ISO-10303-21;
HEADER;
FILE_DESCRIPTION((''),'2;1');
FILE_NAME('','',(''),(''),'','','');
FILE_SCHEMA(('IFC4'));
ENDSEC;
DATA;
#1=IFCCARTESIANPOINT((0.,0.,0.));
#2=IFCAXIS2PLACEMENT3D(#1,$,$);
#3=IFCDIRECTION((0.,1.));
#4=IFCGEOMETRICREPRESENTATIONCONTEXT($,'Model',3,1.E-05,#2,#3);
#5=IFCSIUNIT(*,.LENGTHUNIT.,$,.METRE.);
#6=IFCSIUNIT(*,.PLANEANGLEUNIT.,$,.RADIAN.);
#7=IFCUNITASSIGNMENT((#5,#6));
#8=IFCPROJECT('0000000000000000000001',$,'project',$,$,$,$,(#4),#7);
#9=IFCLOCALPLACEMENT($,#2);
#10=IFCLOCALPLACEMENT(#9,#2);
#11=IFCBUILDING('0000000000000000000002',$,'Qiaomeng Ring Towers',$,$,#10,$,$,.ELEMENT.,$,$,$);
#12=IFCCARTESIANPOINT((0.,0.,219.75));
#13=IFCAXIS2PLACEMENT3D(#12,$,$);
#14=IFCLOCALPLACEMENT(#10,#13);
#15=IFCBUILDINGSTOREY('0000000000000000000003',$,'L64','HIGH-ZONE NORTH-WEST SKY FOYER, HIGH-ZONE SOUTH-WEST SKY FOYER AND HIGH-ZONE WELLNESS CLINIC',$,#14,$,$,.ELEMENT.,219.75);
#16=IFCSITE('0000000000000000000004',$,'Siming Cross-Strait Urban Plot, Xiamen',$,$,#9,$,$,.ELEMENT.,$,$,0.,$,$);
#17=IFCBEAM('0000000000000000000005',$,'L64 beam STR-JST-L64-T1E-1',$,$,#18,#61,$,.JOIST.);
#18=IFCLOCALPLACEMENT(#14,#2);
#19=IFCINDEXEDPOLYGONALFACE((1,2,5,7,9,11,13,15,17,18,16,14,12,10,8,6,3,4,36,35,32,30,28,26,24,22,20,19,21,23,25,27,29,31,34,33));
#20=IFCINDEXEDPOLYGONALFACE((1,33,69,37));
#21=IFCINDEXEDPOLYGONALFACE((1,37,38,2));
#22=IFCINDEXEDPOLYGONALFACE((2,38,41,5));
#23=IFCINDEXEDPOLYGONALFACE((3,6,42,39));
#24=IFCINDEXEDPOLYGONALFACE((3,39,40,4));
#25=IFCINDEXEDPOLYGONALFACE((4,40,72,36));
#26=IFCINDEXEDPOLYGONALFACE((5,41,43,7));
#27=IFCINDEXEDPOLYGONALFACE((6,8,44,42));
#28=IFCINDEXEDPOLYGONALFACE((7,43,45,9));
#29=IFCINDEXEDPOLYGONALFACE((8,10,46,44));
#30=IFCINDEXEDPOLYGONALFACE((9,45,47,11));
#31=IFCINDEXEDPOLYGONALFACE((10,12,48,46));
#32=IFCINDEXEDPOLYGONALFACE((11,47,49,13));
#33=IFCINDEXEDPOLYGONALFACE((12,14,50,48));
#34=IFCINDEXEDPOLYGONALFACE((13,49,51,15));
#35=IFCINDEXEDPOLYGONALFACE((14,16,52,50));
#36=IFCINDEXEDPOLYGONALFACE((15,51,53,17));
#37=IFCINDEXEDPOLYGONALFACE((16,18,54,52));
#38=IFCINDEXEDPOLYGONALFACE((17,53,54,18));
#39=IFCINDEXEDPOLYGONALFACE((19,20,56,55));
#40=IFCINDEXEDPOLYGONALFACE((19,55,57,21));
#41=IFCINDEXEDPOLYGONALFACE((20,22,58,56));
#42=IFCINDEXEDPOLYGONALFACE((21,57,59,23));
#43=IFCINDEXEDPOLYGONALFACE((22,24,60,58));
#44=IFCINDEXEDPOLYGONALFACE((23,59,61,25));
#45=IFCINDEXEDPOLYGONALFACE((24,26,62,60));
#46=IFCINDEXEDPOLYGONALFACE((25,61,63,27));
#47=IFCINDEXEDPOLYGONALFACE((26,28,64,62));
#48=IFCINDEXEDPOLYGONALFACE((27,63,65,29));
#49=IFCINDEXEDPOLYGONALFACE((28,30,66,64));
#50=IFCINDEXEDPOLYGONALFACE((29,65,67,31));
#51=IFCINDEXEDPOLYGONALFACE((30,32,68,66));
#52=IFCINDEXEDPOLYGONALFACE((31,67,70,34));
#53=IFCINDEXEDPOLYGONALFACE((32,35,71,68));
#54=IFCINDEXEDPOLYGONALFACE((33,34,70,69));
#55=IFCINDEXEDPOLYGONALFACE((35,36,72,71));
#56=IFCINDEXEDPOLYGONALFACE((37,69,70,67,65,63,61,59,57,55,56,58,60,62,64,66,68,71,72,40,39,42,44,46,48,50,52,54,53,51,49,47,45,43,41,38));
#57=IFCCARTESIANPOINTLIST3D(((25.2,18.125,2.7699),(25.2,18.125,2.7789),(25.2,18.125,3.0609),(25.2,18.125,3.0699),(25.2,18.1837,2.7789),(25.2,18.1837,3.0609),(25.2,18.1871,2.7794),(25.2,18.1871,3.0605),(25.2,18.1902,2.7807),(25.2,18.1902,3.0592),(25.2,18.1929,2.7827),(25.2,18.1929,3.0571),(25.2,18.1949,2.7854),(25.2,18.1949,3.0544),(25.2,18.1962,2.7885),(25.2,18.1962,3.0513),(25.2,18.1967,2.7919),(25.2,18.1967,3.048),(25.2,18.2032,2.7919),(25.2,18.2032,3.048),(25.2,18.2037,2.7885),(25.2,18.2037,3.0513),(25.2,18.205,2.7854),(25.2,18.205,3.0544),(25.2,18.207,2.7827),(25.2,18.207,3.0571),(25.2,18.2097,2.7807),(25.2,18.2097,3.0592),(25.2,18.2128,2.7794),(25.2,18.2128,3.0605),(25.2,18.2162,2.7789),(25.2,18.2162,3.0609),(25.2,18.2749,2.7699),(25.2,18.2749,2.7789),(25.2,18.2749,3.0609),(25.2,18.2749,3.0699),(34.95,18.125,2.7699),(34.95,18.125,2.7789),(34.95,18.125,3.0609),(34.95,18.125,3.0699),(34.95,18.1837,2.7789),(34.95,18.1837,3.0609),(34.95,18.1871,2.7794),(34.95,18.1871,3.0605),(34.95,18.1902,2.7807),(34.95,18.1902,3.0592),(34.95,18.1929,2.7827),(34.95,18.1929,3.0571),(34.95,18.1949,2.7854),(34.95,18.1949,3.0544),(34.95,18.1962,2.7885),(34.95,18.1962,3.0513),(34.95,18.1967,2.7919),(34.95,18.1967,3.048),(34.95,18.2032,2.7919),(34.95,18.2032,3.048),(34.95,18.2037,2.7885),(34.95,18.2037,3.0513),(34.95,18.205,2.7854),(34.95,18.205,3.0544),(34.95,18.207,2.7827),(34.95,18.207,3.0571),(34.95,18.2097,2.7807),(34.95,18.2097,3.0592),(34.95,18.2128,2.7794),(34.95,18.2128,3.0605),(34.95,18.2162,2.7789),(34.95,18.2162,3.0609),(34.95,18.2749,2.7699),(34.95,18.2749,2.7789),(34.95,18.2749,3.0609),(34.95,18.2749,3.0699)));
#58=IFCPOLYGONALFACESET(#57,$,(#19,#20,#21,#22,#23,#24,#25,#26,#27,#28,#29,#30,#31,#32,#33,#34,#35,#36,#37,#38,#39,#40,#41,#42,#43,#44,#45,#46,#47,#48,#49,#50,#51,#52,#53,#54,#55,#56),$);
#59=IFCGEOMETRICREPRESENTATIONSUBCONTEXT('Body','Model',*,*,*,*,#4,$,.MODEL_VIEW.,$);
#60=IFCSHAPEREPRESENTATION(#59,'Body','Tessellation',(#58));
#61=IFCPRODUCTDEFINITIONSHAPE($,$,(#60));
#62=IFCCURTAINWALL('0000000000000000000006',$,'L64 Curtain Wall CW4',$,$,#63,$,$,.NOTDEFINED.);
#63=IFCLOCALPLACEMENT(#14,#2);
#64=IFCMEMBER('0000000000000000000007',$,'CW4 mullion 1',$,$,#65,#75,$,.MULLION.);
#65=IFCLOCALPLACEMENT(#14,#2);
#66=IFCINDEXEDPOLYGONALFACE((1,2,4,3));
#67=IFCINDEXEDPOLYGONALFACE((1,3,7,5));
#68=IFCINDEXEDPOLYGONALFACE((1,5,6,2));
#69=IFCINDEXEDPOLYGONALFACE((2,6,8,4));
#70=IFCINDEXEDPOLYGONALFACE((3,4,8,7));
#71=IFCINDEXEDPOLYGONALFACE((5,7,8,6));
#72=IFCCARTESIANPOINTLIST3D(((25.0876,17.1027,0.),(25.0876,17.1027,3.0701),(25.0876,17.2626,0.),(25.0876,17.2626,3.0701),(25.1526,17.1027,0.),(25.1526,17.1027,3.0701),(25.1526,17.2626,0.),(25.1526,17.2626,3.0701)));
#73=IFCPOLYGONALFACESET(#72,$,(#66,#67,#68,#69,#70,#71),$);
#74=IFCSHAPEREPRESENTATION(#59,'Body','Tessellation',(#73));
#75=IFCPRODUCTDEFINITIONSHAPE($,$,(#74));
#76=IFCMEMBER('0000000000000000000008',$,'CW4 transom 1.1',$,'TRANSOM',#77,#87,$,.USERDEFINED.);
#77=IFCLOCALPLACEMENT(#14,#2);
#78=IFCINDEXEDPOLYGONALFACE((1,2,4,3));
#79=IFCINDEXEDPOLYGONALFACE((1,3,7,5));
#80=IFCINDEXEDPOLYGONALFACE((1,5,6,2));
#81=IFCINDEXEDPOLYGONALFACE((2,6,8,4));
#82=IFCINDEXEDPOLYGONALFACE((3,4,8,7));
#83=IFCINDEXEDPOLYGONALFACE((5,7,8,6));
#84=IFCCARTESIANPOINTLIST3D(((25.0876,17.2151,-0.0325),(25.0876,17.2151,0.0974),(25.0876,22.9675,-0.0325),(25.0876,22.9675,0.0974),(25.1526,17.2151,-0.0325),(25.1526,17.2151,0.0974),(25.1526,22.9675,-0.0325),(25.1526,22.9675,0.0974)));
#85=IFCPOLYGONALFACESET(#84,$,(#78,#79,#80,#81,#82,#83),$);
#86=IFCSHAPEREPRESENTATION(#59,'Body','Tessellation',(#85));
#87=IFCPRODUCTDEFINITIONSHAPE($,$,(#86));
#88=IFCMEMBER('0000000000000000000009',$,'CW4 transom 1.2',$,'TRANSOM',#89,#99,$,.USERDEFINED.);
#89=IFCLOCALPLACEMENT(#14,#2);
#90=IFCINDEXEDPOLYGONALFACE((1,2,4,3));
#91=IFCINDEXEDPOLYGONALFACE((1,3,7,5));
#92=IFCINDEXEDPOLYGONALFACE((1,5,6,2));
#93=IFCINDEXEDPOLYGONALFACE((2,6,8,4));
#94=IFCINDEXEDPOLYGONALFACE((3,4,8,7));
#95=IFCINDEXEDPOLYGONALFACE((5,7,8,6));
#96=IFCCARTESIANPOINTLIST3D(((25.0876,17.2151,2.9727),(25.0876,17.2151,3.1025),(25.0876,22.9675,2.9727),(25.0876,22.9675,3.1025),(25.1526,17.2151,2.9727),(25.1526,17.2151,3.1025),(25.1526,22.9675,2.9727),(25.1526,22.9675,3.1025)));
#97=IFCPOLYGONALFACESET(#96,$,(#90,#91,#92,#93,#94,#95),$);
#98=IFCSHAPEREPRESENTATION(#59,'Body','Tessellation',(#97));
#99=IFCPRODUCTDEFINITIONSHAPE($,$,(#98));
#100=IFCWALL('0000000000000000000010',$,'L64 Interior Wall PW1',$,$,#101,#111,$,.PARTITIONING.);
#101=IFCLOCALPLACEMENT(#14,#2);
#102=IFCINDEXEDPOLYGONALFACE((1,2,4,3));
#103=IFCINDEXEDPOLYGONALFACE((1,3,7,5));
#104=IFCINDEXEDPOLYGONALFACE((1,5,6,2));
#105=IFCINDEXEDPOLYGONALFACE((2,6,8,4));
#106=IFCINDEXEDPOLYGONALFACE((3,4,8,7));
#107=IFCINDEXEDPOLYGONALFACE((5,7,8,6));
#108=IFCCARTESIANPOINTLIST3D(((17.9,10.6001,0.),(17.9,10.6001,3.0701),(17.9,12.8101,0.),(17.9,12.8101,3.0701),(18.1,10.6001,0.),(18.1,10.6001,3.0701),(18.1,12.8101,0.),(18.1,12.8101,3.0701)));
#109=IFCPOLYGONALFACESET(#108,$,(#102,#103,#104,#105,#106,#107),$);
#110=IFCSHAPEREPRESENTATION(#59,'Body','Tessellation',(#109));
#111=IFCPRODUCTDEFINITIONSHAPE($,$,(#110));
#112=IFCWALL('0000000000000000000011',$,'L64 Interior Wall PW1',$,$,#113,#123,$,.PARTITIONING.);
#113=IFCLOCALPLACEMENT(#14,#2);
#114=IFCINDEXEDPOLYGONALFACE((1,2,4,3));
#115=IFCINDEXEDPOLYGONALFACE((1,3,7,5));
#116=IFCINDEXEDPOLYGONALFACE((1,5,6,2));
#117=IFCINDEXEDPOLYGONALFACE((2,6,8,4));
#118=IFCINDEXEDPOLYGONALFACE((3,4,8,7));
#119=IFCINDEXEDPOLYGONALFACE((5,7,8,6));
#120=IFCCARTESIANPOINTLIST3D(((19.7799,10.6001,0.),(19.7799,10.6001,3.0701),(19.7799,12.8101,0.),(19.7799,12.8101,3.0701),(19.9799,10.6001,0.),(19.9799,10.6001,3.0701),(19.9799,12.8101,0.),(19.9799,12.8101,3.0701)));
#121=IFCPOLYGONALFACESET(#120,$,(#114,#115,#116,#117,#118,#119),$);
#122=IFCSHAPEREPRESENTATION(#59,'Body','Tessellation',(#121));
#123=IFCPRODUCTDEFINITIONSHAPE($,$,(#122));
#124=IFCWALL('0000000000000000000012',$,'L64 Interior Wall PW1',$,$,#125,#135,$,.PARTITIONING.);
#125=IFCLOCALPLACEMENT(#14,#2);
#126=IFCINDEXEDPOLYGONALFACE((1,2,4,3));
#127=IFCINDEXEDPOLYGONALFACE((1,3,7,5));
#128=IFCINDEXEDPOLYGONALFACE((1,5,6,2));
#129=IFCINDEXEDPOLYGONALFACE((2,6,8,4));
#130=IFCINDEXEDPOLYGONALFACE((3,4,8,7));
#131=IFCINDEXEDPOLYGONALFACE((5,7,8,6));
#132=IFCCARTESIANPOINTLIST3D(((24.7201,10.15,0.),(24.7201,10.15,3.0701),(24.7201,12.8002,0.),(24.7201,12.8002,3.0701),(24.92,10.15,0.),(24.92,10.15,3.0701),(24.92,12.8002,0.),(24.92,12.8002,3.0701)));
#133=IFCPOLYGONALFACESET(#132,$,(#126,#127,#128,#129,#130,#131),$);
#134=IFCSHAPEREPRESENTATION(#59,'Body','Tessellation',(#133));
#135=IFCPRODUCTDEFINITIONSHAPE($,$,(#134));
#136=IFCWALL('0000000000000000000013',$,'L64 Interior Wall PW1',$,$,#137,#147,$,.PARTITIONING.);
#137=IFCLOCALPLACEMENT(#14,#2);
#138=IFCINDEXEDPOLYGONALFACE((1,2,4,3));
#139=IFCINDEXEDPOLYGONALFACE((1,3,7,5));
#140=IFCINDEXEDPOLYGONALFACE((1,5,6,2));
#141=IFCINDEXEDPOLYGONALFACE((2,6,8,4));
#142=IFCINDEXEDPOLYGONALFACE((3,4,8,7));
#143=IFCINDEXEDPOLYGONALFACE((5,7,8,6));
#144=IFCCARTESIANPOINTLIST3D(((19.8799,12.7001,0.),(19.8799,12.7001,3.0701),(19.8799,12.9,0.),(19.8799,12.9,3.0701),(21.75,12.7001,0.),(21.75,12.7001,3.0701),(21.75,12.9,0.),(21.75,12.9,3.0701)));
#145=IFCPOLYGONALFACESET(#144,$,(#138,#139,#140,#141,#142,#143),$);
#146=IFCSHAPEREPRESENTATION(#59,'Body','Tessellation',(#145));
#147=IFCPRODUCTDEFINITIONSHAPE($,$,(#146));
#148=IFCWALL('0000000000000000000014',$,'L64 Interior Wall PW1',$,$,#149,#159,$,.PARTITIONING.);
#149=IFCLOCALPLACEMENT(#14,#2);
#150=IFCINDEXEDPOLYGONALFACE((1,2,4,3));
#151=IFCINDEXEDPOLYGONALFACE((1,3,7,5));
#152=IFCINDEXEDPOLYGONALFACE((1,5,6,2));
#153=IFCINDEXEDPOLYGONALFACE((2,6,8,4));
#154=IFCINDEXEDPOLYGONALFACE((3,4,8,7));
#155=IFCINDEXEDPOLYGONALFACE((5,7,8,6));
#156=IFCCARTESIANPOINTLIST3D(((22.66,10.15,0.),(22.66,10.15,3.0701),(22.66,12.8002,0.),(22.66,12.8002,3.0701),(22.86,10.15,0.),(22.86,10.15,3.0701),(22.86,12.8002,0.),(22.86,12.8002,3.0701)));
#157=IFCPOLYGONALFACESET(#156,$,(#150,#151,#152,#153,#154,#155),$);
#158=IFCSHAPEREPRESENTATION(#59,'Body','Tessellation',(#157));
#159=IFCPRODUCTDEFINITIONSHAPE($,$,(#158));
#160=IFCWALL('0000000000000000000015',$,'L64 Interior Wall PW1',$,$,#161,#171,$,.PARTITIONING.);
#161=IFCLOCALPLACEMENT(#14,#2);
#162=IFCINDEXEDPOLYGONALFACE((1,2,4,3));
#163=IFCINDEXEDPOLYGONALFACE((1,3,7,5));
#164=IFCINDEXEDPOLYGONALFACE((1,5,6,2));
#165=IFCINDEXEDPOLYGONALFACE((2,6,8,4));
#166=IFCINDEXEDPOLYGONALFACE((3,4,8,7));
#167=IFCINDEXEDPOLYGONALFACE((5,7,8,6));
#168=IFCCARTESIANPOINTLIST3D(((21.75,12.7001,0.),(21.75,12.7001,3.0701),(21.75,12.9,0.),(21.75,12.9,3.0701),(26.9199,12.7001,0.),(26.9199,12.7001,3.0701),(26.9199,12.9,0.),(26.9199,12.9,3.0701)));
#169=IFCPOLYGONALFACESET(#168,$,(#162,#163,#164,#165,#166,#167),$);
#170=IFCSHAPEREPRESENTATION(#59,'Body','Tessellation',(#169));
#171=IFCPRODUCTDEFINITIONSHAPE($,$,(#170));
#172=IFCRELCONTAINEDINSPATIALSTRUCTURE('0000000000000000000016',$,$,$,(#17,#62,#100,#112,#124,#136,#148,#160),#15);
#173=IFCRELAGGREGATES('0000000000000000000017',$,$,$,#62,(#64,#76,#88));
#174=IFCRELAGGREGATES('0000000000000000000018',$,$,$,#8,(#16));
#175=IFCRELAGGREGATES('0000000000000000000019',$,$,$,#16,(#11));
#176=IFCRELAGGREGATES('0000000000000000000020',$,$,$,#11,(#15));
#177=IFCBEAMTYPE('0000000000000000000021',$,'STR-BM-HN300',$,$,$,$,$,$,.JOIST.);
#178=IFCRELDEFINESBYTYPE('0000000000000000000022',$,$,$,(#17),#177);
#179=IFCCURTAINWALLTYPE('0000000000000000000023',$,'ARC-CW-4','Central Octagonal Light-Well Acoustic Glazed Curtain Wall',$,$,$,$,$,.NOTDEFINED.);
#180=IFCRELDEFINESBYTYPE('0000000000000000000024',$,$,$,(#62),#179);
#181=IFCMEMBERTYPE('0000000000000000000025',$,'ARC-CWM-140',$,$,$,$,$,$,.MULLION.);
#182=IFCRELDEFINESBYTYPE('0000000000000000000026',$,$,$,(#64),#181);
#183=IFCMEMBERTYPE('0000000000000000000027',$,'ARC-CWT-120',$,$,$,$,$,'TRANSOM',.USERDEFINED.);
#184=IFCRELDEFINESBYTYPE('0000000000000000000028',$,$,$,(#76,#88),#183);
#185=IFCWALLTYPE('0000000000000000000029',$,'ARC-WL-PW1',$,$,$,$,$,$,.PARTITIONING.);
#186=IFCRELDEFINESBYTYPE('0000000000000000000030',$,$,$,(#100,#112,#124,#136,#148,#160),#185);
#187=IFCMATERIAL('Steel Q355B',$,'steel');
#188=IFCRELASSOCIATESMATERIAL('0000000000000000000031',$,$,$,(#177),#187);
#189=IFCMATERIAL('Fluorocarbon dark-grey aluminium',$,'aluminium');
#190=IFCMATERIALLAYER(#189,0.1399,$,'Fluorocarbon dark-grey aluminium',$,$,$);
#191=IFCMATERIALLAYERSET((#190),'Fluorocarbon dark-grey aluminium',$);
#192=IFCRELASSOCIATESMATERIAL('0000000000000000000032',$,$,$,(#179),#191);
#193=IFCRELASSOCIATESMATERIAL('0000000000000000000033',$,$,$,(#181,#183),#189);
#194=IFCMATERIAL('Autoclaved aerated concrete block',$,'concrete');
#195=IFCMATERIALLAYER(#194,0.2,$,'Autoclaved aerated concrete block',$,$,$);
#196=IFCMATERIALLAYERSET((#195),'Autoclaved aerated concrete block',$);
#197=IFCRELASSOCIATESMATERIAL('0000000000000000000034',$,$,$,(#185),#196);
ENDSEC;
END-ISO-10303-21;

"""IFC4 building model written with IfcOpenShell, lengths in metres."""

from ifc_helpers import new_model, si_unit, direction, frame, frame_2d, origin, origin_2d, place, context, subcontext, project, spatial, rectangle, i_section, extrude, source, transform, mapped, material, layer, layer_set, material_profile, profile_set, type_object, element, aggregate, save


model = new_model("IFC4")

# Units and contexts
model_context = context("Model", 3, precision=1e-05, world=origin(), true_north=direction((0.0, 1.0)))
body_context = subcontext(model_context, "Body", "Model", "MODEL_VIEW")
ifc_project = project(units=[si_unit("LENGTHUNIT", "METRE"), si_unit("PLANEANGLEUNIT", "RADIAN")], contexts=[model_context])

# Site, building, storey
site_placement = place(None, origin())
site = spatial("IfcSite", under=ifc_project, at=site_placement, Name="Siming Cross-Strait Urban Plot, Xiamen", CompositionType="ELEMENT", RefElevation=0.0)
building_placement = place(site_placement, origin())
building = spatial("IfcBuilding", under=site, at=building_placement, Name="Qiaomeng Ring Towers", CompositionType="ELEMENT")
storey_placement = place(building_placement, frame((0.0, 0.0, 219.75)))
storey = spatial("IfcBuildingStorey", under=building, at=storey_placement, Name="L64", Description="HIGH-ZONE NORTH-WEST SKY FOYER, HIGH-ZONE SOUTH-WEST SKY FOYER AND HIGH-ZONE WELLNESS CLINIC", CompositionType="ELEMENT", Elevation=219.75)

# Beam
ifc_material_1 = material(Name="Steel Q355B", Category="steel")
ifc_material_profile_1 = material_profile(ifc_material_1, i_section(OverallWidth=0.1499, OverallDepth=0.3, WebThickness=0.0066, FlangeThickness=0.009, FilletRadius=0.0129, at=origin_2d()), Name="HN 300x150x6.5x9")
ifc_profile_set_1 = profile_set([ifc_material_profile_1], Name="Steel Q355B")
beam_type_1 = type_object("IfcBeamType", Name="STR-BM-HN300", PredefinedType="JOIST", material=ifc_profile_set_1)
shared_shape_1 = source(origin(), body_context, "Body", "SweptSolid", [
    extrude(i_section(OverallWidth=0.1499, OverallDepth=0.3, WebThickness=0.0066, FlangeThickness=0.009, FilletRadius=0.0129, at=origin_2d()), origin(), (0.0, 0.0, 1.0), 9.75),
])
beam_1_placement = place(storey_placement, frame((25.2, 18.2, 2.9199), z_axis=(1.0, 0.0, 0.0), x_axis=(0.0, 1.0, 0.0)))
element("IfcBeam", 1, at=beam_1_placement, inside=storey, type_object=beam_type_1, Name="L64 beam STR-JST-L64-T1E-1", PredefinedType="JOIST", context=body_context, shape_type="MappedRepresentation", body=[
    mapped(shared_shape_1, transform((0.0, 0.0, 0.0), x_axis=(1.0, 0.0, 0.0), y_axis=(0.0, 1.0, 0.0), z_axis=(0.0, 0.0, 1.0), scale=1.0)),
])

# Curtain wall, members
ifc_material_2 = material(Name="Fluorocarbon dark-grey aluminium", Category="aluminium")
ifc_layer_1 = layer(ifc_material_2, 0.1399, Name="Fluorocarbon dark-grey aluminium")
ifc_layer_set_1 = layer_set([ifc_layer_1], Name="Fluorocarbon dark-grey aluminium")
curtain_wall_type = type_object("IfcCurtainWallType", Name="ARC-CW-4", Description="Central Octagonal Light-Well Acoustic Glazed Curtain Wall", PredefinedType="NOTDEFINED", material=ifc_layer_set_1)
curtain_wall_placement = place(storey_placement, origin())
curtain_wall = element("IfcCurtainWall", 2, at=curtain_wall_placement, inside=storey, type_object=curtain_wall_type, Name="L64 Curtain Wall CW4", PredefinedType="NOTDEFINED")
ifc_material_profile_2 = material_profile(ifc_material_2, rectangle(XDim=0.0649, YDim=0.1599, at=origin_2d()), Name="ALU MULL 65x160")
ifc_profile_set_2 = profile_set([ifc_material_profile_2], Name="Fluorocarbon dark-grey aluminium")
member_type_1 = type_object("IfcMemberType", Name="ARC-CWM-140", PredefinedType="MULLION", material=ifc_profile_set_2)
shared_shape_2 = source(origin(), body_context, "Body", "SweptSolid", [
    extrude(rectangle(XDim=0.0649, YDim=0.1599, at=origin_2d()), origin(), (0.0, 0.0, 1.0), 3.0701),
])
member_1_placement = place(storey_placement, frame((25.1201, 17.1826, 0.0), z_axis=(0.0, 0.0, 1.0), x_axis=(-1.0, 0.0, 0.0)))
member_1 = element("IfcMember", 3, at=member_1_placement, type_object=member_type_1, Name="CW4 mullion 1", PredefinedType="MULLION", context=body_context, shape_type="MappedRepresentation", body=[
    mapped(shared_shape_2, transform((0.0, 0.0, 0.0), x_axis=(1.0, 0.0, 0.0), y_axis=(0.0, 1.0, 0.0), z_axis=(0.0, 0.0, 1.0), scale=1.0)),
])
ifc_material_profile_3 = material_profile(ifc_material_2, rectangle(XDim=0.0649, YDim=0.1299, at=origin_2d()), Name="ALU TRAN 65x130")
ifc_profile_set_3 = profile_set([ifc_material_profile_3], Name="Fluorocarbon dark-grey aluminium")
member_type_2 = type_object("IfcMemberType", Name="ARC-CWT-120", ElementType="TRANSOM", PredefinedType="USERDEFINED", material=ifc_profile_set_3)
shared_shape_3 = source(origin(), body_context, "Body", "SweptSolid", [
    extrude(rectangle(XDim=0.0649, YDim=0.1299, at=origin_2d()), origin(), (0.0, 0.0, 1.0), 5.7524),
])
member_2_placement = place(storey_placement, frame((25.1201, 17.2151, 0.0325), z_axis=(0.0, 1.0, 0.0), x_axis=(-1.0, 0.0, 0.0)))
member_2 = element("IfcMember", 4, at=member_2_placement, type_object=member_type_2, Name="CW4 transom 1.1", ObjectType="TRANSOM", PredefinedType="USERDEFINED", context=body_context, shape_type="MappedRepresentation", body=[
    mapped(shared_shape_3, transform((0.0, 0.0, 0.0), x_axis=(1.0, 0.0, 0.0), y_axis=(0.0, 1.0, 0.0), z_axis=(0.0, 0.0, 1.0), scale=1.0)),
])
member_3_placement = place(storey_placement, frame((25.1201, 17.2151, 3.0376), z_axis=(0.0, 1.0, 0.0), x_axis=(-1.0, 0.0, 0.0)))
member_3 = element("IfcMember", 5, at=member_3_placement, type_object=member_type_2, Name="CW4 transom 1.2", ObjectType="TRANSOM", PredefinedType="USERDEFINED", context=body_context, shape_type="MappedRepresentation", body=[
    mapped(shared_shape_3, transform((0.0, 0.0, 0.0), x_axis=(1.0, 0.0, 0.0), y_axis=(0.0, 1.0, 0.0), z_axis=(0.0, 0.0, 1.0), scale=1.0)),
])
aggregate(curtain_wall, [member_1, member_2, member_3])

# Walls
ifc_material_3 = material(Name="Autoclaved aerated concrete block", Category="concrete")
ifc_layer_2 = layer(ifc_material_3, 0.2, Name="Autoclaved aerated concrete block")
ifc_layer_set_2 = layer_set([ifc_layer_2], Name="Autoclaved aerated concrete block")
wall_type_1 = type_object("IfcWallType", Name="ARC-WL-PW1", PredefinedType="PARTITIONING", material=ifc_layer_set_2)
for number, where, z_axis, x_axis, name in (
    (6, (18.0, 10.6001, 0.0), (0.0, 0.0, 1.0), (0.0, 1.0, 0.0), "L64 Interior Wall PW1"),
    (7, (19.8799, 10.6001, 0.0), (0.0, 0.0, 1.0), (0.0, 1.0, 0.0), "L64 Interior Wall PW1"),
):
    element("IfcWall", number, at=place(storey_placement, frame(where, z_axis=z_axis, x_axis=x_axis)), inside=storey, type_object=wall_type_1, Name=name, PredefinedType="PARTITIONING", context=body_context, shape_type="SweptSolid", body=[
        extrude(rectangle(XDim=2.21, YDim=0.2, at=frame_2d((1.105, 0.0))), origin(), (0.0, 0.0, 1.0), 3.0701),
    ])
wall_1_placement = place(storey_placement, frame((24.8201, 10.1499, 0.0), z_axis=(0.0, 0.0, 1.0), x_axis=(0.0, 1.0, 0.0)))
element("IfcWall", 8, at=wall_1_placement, inside=storey, type_object=wall_type_1, Name="L64 Interior Wall PW1", PredefinedType="PARTITIONING", context=body_context, shape_type="SweptSolid", body=[
    extrude(rectangle(XDim=2.6501, YDim=0.2, at=frame_2d((1.3252, 0.0))), origin(), (0.0, 0.0, 1.0), 3.0701),
])
wall_2_placement = place(storey_placement, frame((19.8799, 12.8, 0.0), z_axis=(0.0, 0.0, 1.0), x_axis=(1.0, 0.0, 0.0)))
element("IfcWall", 9, at=wall_2_placement, inside=storey, type_object=wall_type_1, Name="L64 Interior Wall PW1", PredefinedType="PARTITIONING", context=body_context, shape_type="SweptSolid", body=[
    extrude(rectangle(XDim=1.8701, YDim=0.2, at=frame_2d((0.9351, 0.0))), origin(), (0.0, 0.0, 1.0), 3.0701),
])
wall_3_placement = place(storey_placement, frame((22.76, 10.1499, 0.0), z_axis=(0.0, 0.0, 1.0), x_axis=(0.0, 1.0, 0.0)))
element("IfcWall", 10, at=wall_3_placement, inside=storey, type_object=wall_type_1, Name="L64 Interior Wall PW1", PredefinedType="PARTITIONING", context=body_context, shape_type="SweptSolid", body=[
    extrude(rectangle(XDim=2.6501, YDim=0.2, at=frame_2d((1.3252, 0.0))), origin(), (0.0, 0.0, 1.0), 3.0701),
])
wall_4_placement = place(storey_placement, frame((21.75, 12.8, 0.0), z_axis=(0.0, 0.0, 1.0), x_axis=(1.0, 0.0, 0.0)))
element("IfcWall", 11, at=wall_4_placement, inside=storey, type_object=wall_type_1, Name="L64 Interior Wall PW1", PredefinedType="PARTITIONING", context=body_context, shape_type="SweptSolid", body=[
    extrude(rectangle(XDim=5.1699, YDim=0.2, at=frame_2d((2.585, 0.0))), origin(), (0.0, 0.0, 1.0), 3.0701),
])

save(model, "model.ifc")
